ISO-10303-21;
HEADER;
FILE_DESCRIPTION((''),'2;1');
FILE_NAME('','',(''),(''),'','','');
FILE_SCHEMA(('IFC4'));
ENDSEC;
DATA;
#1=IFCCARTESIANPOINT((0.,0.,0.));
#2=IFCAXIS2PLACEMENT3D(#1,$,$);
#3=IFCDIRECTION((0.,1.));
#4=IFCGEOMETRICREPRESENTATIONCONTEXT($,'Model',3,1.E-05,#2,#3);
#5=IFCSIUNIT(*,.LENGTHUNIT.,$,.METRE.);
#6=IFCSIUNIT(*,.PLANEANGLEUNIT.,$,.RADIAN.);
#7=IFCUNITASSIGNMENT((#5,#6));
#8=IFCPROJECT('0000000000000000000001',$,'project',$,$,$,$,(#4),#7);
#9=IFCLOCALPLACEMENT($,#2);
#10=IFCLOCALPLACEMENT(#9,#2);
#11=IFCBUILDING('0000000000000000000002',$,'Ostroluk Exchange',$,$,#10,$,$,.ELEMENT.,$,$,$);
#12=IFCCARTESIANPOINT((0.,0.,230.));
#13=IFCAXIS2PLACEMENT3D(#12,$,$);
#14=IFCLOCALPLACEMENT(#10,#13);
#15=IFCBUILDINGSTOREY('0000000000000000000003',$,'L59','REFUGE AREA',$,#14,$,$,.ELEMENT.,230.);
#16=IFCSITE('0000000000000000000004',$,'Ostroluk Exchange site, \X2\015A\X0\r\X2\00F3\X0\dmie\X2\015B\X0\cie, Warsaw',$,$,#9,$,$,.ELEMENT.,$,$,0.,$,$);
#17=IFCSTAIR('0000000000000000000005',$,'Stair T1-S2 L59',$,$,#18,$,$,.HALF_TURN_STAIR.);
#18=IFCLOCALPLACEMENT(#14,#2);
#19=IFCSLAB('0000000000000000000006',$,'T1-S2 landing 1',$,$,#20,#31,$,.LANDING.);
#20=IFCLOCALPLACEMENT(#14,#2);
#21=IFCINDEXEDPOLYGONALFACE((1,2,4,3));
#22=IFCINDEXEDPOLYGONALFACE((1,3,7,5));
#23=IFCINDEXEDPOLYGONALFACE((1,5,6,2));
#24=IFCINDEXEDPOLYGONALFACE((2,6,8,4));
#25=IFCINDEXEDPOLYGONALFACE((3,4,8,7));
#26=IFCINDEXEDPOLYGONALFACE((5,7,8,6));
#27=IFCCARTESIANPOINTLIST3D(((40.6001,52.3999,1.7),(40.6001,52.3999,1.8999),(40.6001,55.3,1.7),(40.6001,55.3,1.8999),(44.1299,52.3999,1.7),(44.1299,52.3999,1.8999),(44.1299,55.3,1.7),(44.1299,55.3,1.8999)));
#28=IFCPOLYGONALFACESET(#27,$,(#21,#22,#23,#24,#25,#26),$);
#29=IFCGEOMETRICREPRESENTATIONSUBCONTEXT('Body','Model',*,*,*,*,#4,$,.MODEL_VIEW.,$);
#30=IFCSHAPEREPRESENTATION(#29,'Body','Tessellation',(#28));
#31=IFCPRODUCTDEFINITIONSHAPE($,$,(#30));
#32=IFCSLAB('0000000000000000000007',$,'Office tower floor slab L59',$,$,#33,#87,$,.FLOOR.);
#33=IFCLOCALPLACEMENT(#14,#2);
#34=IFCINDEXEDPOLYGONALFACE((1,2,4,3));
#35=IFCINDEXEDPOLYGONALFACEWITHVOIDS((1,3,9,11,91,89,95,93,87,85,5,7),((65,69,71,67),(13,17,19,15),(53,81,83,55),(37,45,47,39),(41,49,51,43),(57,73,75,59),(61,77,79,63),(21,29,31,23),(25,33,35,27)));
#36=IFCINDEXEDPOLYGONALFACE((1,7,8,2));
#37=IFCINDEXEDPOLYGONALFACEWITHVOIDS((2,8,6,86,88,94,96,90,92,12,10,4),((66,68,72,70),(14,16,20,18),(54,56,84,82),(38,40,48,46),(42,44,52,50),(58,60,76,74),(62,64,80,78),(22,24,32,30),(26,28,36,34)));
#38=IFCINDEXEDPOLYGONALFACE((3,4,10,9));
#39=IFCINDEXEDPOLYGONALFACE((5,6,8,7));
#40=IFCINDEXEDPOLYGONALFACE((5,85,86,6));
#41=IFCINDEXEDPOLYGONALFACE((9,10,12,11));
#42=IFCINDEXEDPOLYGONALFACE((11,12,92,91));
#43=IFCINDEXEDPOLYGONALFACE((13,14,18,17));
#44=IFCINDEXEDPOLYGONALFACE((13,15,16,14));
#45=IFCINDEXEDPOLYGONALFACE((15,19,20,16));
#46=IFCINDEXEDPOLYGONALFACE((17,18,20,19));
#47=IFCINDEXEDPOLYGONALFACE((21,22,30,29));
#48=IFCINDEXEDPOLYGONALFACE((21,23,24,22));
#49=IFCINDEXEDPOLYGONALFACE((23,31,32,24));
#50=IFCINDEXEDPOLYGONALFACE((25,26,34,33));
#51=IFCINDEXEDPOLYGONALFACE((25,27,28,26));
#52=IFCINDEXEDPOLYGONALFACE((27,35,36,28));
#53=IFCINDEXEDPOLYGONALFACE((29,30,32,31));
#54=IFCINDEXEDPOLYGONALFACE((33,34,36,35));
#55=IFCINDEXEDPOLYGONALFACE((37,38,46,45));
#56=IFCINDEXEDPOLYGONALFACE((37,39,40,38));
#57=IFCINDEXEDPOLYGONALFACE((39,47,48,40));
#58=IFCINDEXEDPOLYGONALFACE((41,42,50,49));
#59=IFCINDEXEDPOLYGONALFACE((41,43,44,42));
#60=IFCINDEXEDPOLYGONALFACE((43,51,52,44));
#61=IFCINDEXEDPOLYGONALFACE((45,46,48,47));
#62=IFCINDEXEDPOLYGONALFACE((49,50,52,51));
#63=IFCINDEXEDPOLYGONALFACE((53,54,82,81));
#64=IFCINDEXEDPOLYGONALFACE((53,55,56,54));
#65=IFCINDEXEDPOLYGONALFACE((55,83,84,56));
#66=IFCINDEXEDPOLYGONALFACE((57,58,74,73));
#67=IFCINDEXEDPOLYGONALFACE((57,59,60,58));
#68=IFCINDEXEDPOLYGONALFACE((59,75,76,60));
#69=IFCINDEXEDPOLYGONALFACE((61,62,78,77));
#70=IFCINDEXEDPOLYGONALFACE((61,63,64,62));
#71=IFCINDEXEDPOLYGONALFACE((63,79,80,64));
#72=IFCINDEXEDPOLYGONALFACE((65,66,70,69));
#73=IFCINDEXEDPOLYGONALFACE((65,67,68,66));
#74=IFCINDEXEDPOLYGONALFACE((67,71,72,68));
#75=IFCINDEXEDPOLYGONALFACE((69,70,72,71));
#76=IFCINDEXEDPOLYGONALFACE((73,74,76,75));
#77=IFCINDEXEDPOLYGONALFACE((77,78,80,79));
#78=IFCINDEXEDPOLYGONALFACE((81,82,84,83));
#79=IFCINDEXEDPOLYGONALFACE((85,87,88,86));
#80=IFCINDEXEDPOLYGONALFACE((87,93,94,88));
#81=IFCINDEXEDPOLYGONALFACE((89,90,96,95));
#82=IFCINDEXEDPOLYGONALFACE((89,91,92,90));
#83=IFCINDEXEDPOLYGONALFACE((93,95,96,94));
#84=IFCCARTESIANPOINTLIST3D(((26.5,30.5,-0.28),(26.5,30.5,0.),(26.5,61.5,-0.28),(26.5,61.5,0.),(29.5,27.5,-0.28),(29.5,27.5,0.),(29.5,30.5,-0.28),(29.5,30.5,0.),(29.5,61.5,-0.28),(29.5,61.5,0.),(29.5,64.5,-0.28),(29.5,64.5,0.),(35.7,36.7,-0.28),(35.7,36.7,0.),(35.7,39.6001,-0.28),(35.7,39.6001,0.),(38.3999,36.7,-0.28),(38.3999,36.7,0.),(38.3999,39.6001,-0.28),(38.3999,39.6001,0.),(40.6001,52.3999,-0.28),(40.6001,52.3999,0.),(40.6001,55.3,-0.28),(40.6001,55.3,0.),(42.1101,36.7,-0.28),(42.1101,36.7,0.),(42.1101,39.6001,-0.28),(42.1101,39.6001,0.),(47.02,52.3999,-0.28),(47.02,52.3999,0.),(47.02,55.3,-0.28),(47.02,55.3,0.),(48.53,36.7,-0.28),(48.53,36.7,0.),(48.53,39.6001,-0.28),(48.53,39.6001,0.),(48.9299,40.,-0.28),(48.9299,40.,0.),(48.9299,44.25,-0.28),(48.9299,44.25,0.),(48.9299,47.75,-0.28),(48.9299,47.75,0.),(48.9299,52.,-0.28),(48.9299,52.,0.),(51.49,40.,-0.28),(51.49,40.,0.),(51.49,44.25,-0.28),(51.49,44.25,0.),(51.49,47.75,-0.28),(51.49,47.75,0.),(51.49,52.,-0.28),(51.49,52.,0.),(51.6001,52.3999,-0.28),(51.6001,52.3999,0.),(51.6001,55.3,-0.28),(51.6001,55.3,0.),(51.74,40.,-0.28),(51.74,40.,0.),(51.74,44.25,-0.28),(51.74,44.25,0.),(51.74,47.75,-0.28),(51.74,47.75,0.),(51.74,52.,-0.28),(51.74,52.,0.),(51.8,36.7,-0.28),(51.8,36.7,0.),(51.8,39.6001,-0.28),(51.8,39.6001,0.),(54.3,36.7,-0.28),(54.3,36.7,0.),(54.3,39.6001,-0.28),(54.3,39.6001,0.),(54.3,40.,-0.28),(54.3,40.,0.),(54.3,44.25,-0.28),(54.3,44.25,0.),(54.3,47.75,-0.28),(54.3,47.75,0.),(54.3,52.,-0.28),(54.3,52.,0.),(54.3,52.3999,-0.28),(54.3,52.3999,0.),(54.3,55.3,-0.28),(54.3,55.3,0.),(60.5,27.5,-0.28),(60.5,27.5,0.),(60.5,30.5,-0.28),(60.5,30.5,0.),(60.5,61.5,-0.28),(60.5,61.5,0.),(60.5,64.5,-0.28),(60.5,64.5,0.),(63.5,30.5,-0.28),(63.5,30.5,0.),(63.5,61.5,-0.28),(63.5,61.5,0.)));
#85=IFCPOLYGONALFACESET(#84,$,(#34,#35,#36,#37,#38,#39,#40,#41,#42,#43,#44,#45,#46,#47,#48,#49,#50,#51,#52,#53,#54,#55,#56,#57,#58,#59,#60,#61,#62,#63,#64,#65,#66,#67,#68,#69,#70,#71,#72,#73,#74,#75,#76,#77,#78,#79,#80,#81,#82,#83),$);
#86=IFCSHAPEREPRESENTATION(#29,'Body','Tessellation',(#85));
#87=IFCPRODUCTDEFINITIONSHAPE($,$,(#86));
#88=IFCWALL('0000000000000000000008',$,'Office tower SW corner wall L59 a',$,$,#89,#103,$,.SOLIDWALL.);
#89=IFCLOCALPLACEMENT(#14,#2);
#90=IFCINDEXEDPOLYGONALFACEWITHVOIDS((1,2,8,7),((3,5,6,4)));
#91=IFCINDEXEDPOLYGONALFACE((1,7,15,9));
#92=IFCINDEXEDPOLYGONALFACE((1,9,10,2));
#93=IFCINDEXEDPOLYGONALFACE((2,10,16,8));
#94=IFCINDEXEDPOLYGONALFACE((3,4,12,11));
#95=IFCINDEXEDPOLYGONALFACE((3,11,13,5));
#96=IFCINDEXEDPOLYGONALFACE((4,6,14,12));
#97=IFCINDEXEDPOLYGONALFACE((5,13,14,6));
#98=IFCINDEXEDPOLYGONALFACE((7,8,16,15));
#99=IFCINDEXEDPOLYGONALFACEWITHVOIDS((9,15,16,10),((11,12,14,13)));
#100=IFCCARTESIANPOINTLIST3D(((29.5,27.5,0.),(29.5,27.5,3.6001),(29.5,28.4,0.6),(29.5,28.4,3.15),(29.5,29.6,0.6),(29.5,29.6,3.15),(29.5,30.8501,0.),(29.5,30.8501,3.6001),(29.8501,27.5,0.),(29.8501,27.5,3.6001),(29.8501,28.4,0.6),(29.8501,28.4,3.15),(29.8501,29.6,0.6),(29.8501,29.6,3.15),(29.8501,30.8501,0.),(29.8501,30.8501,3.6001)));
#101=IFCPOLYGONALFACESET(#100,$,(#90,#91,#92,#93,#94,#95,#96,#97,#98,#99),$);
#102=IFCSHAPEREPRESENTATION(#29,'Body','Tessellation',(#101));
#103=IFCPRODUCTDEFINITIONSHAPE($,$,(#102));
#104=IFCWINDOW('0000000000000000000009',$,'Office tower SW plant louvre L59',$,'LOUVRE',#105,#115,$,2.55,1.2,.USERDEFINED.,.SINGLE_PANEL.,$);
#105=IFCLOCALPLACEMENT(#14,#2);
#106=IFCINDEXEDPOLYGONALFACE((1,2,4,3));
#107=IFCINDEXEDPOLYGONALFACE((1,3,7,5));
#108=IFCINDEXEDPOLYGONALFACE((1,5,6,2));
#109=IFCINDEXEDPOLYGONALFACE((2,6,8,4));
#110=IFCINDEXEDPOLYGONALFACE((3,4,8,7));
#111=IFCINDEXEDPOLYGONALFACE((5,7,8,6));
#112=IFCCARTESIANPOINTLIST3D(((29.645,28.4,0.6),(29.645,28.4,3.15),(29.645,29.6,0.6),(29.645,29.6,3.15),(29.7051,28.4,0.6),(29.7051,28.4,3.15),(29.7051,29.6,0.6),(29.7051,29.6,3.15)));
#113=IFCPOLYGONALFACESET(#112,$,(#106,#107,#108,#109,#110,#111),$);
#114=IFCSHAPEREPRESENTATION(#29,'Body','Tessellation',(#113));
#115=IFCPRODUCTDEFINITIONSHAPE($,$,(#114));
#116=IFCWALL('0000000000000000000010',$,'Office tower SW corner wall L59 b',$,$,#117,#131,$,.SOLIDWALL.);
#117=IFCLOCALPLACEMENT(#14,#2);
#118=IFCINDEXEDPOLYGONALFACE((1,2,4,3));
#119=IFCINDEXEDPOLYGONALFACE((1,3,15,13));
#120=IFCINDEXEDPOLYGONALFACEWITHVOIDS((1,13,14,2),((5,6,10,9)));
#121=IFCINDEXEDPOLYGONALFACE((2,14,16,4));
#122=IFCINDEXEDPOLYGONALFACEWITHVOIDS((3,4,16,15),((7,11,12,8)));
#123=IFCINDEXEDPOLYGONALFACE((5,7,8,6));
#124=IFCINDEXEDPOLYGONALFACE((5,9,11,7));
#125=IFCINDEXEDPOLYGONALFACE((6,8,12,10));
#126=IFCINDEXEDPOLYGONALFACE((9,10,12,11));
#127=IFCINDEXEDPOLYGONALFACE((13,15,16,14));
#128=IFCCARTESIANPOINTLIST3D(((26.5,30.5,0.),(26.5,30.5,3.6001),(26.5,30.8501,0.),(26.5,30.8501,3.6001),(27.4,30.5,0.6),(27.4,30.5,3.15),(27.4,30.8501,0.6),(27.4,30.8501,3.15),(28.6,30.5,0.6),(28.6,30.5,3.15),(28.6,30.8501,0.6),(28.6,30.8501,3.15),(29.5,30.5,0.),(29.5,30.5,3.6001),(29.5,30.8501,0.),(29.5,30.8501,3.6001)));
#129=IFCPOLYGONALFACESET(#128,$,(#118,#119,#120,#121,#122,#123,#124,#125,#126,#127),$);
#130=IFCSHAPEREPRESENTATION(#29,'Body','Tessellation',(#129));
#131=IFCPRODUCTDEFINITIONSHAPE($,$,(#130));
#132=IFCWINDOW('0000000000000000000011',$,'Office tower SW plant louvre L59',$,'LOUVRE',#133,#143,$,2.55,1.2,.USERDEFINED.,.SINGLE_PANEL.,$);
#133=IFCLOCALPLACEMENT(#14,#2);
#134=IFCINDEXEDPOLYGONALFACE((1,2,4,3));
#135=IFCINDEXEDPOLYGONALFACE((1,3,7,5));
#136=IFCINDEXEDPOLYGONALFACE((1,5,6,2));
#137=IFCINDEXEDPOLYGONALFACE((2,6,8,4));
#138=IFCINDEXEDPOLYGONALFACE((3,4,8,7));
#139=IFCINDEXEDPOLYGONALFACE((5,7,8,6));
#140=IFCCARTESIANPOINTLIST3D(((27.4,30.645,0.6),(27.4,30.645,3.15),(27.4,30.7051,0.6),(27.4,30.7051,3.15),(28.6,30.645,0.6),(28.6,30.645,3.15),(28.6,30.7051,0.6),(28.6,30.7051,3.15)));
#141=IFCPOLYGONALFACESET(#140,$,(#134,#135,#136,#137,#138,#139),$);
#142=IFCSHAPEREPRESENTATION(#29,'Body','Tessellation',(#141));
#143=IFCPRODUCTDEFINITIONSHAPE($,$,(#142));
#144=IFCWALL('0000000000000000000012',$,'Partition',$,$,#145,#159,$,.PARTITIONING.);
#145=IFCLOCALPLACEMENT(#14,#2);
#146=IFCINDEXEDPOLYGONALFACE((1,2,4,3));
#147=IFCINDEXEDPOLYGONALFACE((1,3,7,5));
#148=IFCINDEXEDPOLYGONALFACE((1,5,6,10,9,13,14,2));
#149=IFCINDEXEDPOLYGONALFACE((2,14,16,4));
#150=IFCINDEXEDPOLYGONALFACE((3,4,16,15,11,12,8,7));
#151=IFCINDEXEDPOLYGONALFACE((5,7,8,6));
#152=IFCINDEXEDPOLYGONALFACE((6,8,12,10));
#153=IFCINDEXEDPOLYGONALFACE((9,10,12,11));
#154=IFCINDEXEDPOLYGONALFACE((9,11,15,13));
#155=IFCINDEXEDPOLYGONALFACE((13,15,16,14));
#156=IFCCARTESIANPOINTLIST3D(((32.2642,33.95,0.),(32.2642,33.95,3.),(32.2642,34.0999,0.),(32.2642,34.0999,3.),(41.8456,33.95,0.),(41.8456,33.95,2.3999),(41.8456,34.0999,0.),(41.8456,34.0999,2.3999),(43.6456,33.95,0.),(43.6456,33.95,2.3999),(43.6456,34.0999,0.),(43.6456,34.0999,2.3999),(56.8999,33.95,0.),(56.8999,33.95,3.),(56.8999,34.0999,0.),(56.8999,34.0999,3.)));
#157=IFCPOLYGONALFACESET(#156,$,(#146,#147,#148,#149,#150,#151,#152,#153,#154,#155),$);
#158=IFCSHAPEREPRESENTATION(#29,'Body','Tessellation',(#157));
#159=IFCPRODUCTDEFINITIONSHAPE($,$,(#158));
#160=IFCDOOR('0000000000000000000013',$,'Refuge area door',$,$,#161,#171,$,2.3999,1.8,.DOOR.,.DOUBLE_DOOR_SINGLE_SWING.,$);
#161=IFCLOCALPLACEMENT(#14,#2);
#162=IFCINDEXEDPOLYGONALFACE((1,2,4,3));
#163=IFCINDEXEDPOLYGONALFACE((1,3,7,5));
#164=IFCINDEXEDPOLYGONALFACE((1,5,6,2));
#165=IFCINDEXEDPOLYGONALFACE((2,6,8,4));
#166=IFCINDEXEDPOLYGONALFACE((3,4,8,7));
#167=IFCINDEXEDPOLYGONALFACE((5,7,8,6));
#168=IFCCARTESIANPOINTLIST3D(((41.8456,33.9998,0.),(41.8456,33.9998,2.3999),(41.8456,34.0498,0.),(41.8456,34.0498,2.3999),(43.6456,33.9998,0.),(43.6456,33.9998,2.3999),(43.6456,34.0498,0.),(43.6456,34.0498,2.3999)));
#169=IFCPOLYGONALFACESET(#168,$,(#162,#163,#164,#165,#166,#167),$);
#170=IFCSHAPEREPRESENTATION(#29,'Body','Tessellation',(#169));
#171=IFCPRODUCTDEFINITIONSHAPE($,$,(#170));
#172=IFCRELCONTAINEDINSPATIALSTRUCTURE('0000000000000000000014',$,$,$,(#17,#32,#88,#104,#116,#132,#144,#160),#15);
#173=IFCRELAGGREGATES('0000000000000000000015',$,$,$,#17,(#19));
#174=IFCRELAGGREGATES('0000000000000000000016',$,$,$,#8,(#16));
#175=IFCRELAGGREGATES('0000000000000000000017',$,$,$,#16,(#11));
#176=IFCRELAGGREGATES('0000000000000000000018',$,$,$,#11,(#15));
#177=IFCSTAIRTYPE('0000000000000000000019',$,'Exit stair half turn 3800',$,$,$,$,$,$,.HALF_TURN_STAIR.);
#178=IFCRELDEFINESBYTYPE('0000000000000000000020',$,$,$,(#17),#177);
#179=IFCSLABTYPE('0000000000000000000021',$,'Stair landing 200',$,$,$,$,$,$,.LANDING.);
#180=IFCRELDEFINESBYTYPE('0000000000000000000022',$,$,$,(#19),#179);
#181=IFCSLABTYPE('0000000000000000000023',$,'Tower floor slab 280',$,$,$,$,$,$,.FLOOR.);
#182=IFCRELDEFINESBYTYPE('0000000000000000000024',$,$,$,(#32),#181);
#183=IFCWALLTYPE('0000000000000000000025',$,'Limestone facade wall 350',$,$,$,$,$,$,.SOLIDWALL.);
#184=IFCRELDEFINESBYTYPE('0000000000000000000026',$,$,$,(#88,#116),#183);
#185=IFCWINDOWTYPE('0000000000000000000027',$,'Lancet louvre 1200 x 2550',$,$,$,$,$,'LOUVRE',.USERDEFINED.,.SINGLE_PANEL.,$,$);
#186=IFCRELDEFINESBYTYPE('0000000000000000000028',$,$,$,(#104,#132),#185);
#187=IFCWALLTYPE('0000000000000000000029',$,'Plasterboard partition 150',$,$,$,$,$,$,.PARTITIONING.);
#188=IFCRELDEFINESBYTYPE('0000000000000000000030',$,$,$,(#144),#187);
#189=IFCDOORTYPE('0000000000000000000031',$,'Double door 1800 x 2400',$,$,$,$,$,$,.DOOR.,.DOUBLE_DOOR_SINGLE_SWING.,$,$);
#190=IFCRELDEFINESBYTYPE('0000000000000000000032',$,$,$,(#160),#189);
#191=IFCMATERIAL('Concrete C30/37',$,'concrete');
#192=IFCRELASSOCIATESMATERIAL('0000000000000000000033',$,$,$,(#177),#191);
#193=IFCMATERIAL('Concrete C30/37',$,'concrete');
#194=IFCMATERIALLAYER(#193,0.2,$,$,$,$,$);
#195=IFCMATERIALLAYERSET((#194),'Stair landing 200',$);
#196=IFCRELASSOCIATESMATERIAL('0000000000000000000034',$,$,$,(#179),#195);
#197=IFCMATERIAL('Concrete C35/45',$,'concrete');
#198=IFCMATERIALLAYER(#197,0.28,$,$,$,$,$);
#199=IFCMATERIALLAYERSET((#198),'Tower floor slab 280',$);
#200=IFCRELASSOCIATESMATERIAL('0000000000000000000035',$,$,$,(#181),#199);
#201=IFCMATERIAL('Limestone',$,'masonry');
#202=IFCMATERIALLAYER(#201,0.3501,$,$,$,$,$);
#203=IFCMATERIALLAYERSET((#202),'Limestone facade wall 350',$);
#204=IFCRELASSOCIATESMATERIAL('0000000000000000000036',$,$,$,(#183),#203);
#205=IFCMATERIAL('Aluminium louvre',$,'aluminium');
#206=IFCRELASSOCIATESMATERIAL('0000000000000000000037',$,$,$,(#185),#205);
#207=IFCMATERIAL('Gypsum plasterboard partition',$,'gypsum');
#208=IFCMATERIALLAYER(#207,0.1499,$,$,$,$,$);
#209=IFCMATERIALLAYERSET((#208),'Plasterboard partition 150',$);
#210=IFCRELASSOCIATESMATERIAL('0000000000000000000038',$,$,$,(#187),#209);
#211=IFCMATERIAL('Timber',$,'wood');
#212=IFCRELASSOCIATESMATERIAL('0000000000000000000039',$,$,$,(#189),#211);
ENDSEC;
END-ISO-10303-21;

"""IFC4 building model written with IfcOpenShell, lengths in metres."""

from ifc_helpers import new_model, si_unit, direction, frame, frame_2d, origin, place, context, subcontext, project, spatial, polyline, rectangle, outline, extrude, material, layer, layer_set, type_object, element, fill, aggregate, save


model = new_model("IFC4")

# Units and contexts
model_context = context("Model", 3, precision=1e-05, world=origin(), true_north=direction((0.0, 1.0)))
body_context = subcontext(model_context, "Body", "Model", "MODEL_VIEW")
ifc_project = project(units=[si_unit("LENGTHUNIT", "METRE"), si_unit("PLANEANGLEUNIT", "RADIAN")], contexts=[model_context])

# Site, building, storey
site_placement = place(None, origin())
site = spatial("IfcSite", under=ifc_project, at=site_placement, Name="Ostroluk Exchange site, Śródmieście, Warsaw", CompositionType="ELEMENT", RefElevation=0.0)
building_placement = place(site_placement, origin())
building = spatial("IfcBuilding", under=site, at=building_placement, Name="Ostroluk Exchange", CompositionType="ELEMENT")
storey_placement = place(building_placement, frame((0.0, 0.0, 230.0)))
storey = spatial("IfcBuildingStorey", under=building, at=storey_placement, Name="L59", Description="REFUGE AREA", CompositionType="ELEMENT", Elevation=230.0)

# Stair, slab
ifc_material_1 = material(Name="Concrete C30/37", Category="concrete")
stair_type = type_object("IfcStairType", Name="Exit stair half turn 3800", PredefinedType="HALF_TURN_STAIR", material=ifc_material_1)
ifc_material_2 = material(Name="Concrete C30/37", Category="concrete")
ifc_layer_1 = layer(ifc_material_2, 0.2)
ifc_layer_set_1 = layer_set([ifc_layer_1], Name="Stair landing 200")
slab_type_1 = type_object("IfcSlabType", Name="Stair landing 200", PredefinedType="LANDING", material=ifc_layer_set_1)
stair_1_placement = place(storey_placement, origin())
stair_1 = element("IfcStair", 1, at=stair_1_placement, inside=storey, type_object=stair_type, Name="Stair T1-S2 L59", PredefinedType="HALF_TURN_STAIR")
slab_1_placement = place(storey_placement, frame((0.0, 0.0, 1.7)))
slab_1 = element("IfcSlab", 2, at=slab_1_placement, type_object=slab_type_1, Name="T1-S2 landing 1", PredefinedType="LANDING", context=body_context, shape_type="SweptSolid", body=[
    extrude(outline(polyline([(44.1299, 52.3999), (44.1299, 55.3), (40.6001, 55.3), (40.6001, 52.3999), (44.1299, 52.3999)])), origin(), (0.0, 0.0, 1.0), 0.2),
])
aggregate(stair_1, [slab_1])

# Slab
ifc_material_3 = material(Name="Concrete C35/45", Category="concrete")
ifc_layer_2 = layer(ifc_material_3, 0.28)
ifc_layer_set_2 = layer_set([ifc_layer_2], Name="Tower floor slab 280")
slab_type_2 = type_object("IfcSlabType", Name="Tower floor slab 280", PredefinedType="FLOOR", material=ifc_layer_set_2)
slab_2_placement = place(storey_placement, frame((0.0, 0.0, -0.28)))
element("IfcSlab", 3, at=slab_2_placement, inside=storey, type_object=slab_type_2, Name="Office tower floor slab L59", PredefinedType="FLOOR", context=body_context, shape_type="SweptSolid", body=[
    extrude(outline(polyline([(29.5, 27.5), (60.5, 27.5), (60.5, 30.5), (63.5, 30.5), (63.5, 61.5), (60.5, 61.5), (60.5, 64.5), (29.5, 64.5), (29.5, 61.5), (26.5, 61.5), (26.5, 30.5), (29.5, 30.5), (29.5, 27.5)]), holes=[polyline([(35.7, 36.7), (38.3999, 36.7), (38.3999, 39.6001), (35.7, 39.6001), (35.7, 36.7)]), polyline([(42.1101, 36.7), (48.53, 36.7), (48.53, 39.6001), (42.1101, 39.6001), (42.1101, 36.7)]), polyline([(51.8, 36.7), (54.3, 36.7), (54.3, 39.6001), (51.8, 39.6001), (51.8, 36.7)]), polyline([(40.6001, 52.3999), (47.02, 52.3999), (47.02, 55.3), (40.6001, 55.3), (40.6001, 52.3999)]), polyline([(51.6001, 52.3999), (54.3, 52.3999), (54.3, 55.3), (51.6001, 55.3), (51.6001, 52.3999)]), polyline([(48.9299, 47.75), (51.49, 47.75), (51.49, 52.0), (48.9299, 52.0), (48.9299, 47.75)]), polyline([(51.74, 47.75), (54.3, 47.75), (54.3, 52.0), (51.74, 52.0), (51.74, 47.75)]), polyline([(48.9299, 40.0), (51.49, 40.0), (51.49, 44.25), (48.9299, 44.25), (48.9299, 40.0)]), polyline([(51.74, 40.0), (54.3, 40.0), (54.3, 44.25), (51.74, 44.25), (51.74, 40.0)])]), origin(), (0.0, 0.0, 1.0), 0.28),
])

# Walls, openings, windows
ifc_material_4 = material(Name="Limestone", Category="masonry")
ifc_layer_3 = layer(ifc_material_4, 0.3501)
ifc_layer_set_3 = layer_set([ifc_layer_3], Name="Limestone facade wall 350")
wall_type_1 = type_object("IfcWallType", Name="Limestone facade wall 350", PredefinedType="SOLIDWALL", material=ifc_layer_set_3)
wall_1_placement = place(storey_placement, frame((29.675, 27.5, 0.0), z_axis=(0.0, 0.0, 1.0), x_axis=(0.0, 1.0, 0.0)))
wall_1 = element("IfcWall", 4, at=wall_1_placement, inside=storey, type_object=wall_type_1, Name="Office tower SW corner wall L59 a", PredefinedType="SOLIDWALL", context=body_context, shape_type="SweptSolid", body=[
    extrude(rectangle(XDim=3.3501, YDim=0.3501, at=frame_2d((1.675, 0.0))), origin(), (0.0, 0.0, 1.0), 3.6001),
])
opening_1_placement = place(wall_1_placement, frame((0.8999, 0.0, 0.6001)))
opening_1 = element("IfcOpeningElement", 5, at=opening_1_placement, cuts=wall_1, PredefinedType="OPENING", context=body_context, shape_type="SweptSolid", body=[
    extrude(rectangle(XDim=1.2, YDim=2.55, at=frame_2d((0.6001, 1.2749))), frame((0.0, 0.1851, 0.0), z_axis=(0.0, -1.0, 0.0), x_axis=(1.0, 0.0, 0.0)), (0.0, 0.0, 1.0), 0.3701),
])
ifc_material_5 = material(Name="Aluminium louvre", Category="aluminium")
window_type = type_object("IfcWindowType", Name="Lancet louvre 1200 x 2550", ElementType="LOUVRE", PartitioningType="SINGLE_PANEL", PredefinedType="USERDEFINED", material=ifc_material_5)
window_1_placement = place(opening_1_placement, origin())
window_1 = element("IfcWindow", 6, at=window_1_placement, inside=storey, type_object=window_type, Name="Office tower SW plant louvre L59", ObjectType="LOUVRE", OverallHeight=2.55, OverallWidth=1.2, PartitioningType="SINGLE_PANEL", PredefinedType="USERDEFINED", context=body_context, shape_type="SweptSolid", body=[
    extrude(rectangle(XDim=1.2, YDim=2.55, at=frame_2d((0.6001, 1.2749))), frame((0.0, 0.03, 0.0), z_axis=(0.0, -1.0, 0.0), x_axis=(1.0, 0.0, 0.0)), (0.0, 0.0, 1.0), 0.0601),
])
fill(opening_1, window_1)
wall_2_placement = place(storey_placement, frame((29.5, 30.675, 0.0), z_axis=(0.0, 0.0, 1.0), x_axis=(-1.0, 0.0, 0.0)))
wall_2 = element("IfcWall", 7, at=wall_2_placement, inside=storey, type_object=wall_type_1, Name="Office tower SW corner wall L59 b", PredefinedType="SOLIDWALL", context=body_context, shape_type="SweptSolid", body=[
    extrude(rectangle(XDim=3.0, YDim=0.3501, at=frame_2d((1.5, 0.0))), origin(), (0.0, 0.0, 1.0), 3.6001),
])
opening_2_placement = place(wall_2_placement, frame((0.8999, 0.0, 0.6001)))
opening_2 = element("IfcOpeningElement", 8, at=opening_2_placement, cuts=wall_2, PredefinedType="OPENING", context=body_context, shape_type="SweptSolid", body=[
    extrude(rectangle(XDim=1.2, YDim=2.55, at=frame_2d((0.6001, 1.2749))), frame((0.0, 0.1851, 0.0), z_axis=(0.0, -1.0, 0.0), x_axis=(1.0, 0.0, 0.0)), (0.0, 0.0, 1.0), 0.3701),
])
window_2_placement = place(opening_2_placement, origin())
window_2 = element("IfcWindow", 9, at=window_2_placement, inside=storey, type_object=window_type, Name="Office tower SW plant louvre L59", ObjectType="LOUVRE", OverallHeight=2.55, OverallWidth=1.2, PartitioningType="SINGLE_PANEL", PredefinedType="USERDEFINED", context=body_context, shape_type="SweptSolid", body=[
    extrude(rectangle(XDim=1.2, YDim=2.55, at=frame_2d((0.6001, 1.2749))), frame((0.0, 0.03, 0.0), z_axis=(0.0, -1.0, 0.0), x_axis=(1.0, 0.0, 0.0)), (0.0, 0.0, 1.0), 0.0601),
])
fill(opening_2, window_2)

# Wall, opening, door
ifc_material_6 = material(Name="Gypsum plasterboard partition", Category="gypsum")
ifc_layer_4 = layer(ifc_material_6, 0.1499)
ifc_layer_set_4 = layer_set([ifc_layer_4], Name="Plasterboard partition 150")
wall_type_2 = type_object("IfcWallType", Name="Plasterboard partition 150", PredefinedType="PARTITIONING", material=ifc_layer_set_4)
wall_3_placement = place(storey_placement, frame((32.2642, 34.0249, 0.0), z_axis=(0.0, 0.0, 1.0), x_axis=(1.0, 0.0, 0.0)))
wall_3 = element("IfcWall", 10, at=wall_3_placement, inside=storey, type_object=wall_type_2, Name="Partition", PredefinedType="PARTITIONING", context=body_context, shape_type="SweptSolid", body=[
    extrude(rectangle(XDim=24.6357, YDim=0.1499, at=frame_2d((12.3179, 0.0))), origin(), (0.0, 0.0, 1.0), 3.0),
])
opening_3_placement = place(wall_3_placement, frame((9.5815, 0.0, 0.0)))
opening_3 = element("IfcOpeningElement", 11, at=opening_3_placement, cuts=wall_3, PredefinedType="OPENING", context=body_context, shape_type="SweptSolid", body=[
    extrude(rectangle(XDim=1.8, YDim=2.3999, at=frame_2d((0.8999, 1.2))), frame((0.0, 0.085, 0.0), z_axis=(0.0, -1.0, 0.0), x_axis=(1.0, 0.0, 0.0)), (0.0, 0.0, 1.0), 0.1699),
])
ifc_material_7 = material(Name="Timber", Category="wood")
door_type = type_object("IfcDoorType", Name="Double door 1800 x 2400", OperationType="DOUBLE_DOOR_SINGLE_SWING", PredefinedType="DOOR", material=ifc_material_7)
door_placement = place(opening_3_placement, origin())
door = element("IfcDoor", 12, at=door_placement, inside=storey, type_object=door_type, Name="Refuge area door", OperationType="DOUBLE_DOOR_SINGLE_SWING", OverallHeight=2.3999, OverallWidth=1.8, PredefinedType="DOOR", context=body_context, shape_type="SweptSolid", body=[
    extrude(rectangle(XDim=1.8, YDim=2.3999, at=frame_2d((0.8999, 1.2))), frame((0.0, 0.0249, 0.0), z_axis=(0.0, -1.0, 0.0), x_axis=(1.0, 0.0, 0.0)), (0.0, 0.0, 1.0), 0.05),
])
fill(opening_3, door)

save(model, "model.ifc")
